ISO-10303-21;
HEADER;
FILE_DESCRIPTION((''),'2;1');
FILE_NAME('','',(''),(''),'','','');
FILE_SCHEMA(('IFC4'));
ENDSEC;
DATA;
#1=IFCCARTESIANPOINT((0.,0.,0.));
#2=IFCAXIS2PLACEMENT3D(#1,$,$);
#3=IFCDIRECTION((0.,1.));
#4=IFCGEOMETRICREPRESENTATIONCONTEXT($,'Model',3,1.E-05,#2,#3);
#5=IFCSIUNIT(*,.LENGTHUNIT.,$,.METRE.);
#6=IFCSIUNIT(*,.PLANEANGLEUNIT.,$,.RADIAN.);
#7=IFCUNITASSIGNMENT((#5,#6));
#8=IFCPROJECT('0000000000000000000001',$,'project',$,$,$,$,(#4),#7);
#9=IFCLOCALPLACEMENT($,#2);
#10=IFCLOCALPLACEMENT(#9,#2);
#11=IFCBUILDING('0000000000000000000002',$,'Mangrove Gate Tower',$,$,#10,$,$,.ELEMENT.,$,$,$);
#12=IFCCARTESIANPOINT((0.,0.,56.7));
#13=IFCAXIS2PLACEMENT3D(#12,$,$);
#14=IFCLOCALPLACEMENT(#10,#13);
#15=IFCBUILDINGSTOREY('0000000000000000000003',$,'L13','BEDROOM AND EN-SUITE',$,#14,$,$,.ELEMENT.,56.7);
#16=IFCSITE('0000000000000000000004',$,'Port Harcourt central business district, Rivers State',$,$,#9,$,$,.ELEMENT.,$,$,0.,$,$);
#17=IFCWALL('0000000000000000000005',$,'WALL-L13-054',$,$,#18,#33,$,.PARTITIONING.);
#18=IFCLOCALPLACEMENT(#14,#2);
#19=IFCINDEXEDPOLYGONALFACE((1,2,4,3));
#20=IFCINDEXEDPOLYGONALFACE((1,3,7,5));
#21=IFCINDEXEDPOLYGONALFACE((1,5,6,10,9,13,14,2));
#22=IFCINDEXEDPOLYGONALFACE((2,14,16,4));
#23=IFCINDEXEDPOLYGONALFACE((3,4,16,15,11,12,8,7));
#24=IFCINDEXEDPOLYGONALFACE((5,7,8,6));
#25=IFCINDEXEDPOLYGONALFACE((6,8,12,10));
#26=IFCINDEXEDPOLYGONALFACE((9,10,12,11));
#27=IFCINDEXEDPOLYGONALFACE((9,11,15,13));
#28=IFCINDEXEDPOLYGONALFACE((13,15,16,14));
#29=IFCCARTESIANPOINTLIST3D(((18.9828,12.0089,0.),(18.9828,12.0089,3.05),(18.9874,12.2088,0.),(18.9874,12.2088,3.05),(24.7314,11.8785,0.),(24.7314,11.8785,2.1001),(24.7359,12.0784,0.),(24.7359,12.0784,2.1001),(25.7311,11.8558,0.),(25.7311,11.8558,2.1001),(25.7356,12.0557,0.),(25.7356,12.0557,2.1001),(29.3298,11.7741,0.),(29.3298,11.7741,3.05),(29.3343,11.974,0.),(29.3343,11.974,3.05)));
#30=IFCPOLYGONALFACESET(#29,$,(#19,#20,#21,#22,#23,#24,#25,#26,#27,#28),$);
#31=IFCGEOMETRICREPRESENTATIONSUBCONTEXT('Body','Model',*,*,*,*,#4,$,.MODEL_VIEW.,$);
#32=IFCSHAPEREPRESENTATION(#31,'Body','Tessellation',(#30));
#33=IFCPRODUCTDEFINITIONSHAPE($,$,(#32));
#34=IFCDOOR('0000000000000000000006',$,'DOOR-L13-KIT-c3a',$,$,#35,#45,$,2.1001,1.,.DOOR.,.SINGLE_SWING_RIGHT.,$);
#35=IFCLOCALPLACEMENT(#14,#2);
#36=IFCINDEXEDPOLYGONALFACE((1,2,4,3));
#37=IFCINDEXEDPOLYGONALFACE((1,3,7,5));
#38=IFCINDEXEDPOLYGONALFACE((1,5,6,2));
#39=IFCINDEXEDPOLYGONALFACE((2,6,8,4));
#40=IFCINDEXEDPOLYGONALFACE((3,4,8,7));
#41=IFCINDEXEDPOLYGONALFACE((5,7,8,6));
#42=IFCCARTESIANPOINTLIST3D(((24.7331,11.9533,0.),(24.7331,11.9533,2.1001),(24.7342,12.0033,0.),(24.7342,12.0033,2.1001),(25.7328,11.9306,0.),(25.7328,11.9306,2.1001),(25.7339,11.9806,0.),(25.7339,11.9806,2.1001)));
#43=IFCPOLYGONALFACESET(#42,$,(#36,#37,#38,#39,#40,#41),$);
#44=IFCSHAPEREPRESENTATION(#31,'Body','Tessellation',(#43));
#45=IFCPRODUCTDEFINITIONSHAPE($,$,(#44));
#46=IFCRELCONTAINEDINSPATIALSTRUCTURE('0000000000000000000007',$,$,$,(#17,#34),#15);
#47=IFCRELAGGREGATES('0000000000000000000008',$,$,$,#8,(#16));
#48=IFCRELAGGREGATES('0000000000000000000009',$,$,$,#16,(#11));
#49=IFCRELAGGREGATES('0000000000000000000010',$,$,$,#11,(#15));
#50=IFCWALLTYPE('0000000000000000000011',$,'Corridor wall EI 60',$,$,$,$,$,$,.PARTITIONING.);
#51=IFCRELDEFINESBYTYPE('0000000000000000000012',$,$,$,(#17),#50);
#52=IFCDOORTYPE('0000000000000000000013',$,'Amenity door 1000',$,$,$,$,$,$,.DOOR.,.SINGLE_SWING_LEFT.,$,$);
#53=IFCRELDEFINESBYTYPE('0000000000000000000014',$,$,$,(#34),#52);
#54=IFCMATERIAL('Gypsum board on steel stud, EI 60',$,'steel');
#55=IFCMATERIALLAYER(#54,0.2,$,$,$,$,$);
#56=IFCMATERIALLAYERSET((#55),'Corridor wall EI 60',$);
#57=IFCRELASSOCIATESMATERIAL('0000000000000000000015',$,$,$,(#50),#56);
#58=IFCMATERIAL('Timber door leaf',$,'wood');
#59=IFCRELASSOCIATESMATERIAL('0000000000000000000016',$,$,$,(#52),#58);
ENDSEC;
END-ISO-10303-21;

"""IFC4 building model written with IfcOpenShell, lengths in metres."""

from ifc_helpers import new_model, si_unit, direction, frame, frame_2d, origin, place, context, subcontext, project, spatial, rectangle, extrude, material, layer, layer_set, type_object, element, fill, save


model = new_model("IFC4")

# Units and contexts
model_context = context("Model", 3, precision=1e-05, world=origin(), true_north=direction((0.0, 1.0)))
body_context = subcontext(model_context, "Body", "Model", "MODEL_VIEW")
ifc_project = project(units=[si_unit("LENGTHUNIT", "METRE"), si_unit("PLANEANGLEUNIT", "RADIAN")], contexts=[model_context])

# Site, building, storey
site_placement = place(None, origin())
site = spatial("IfcSite", under=ifc_project, at=site_placement, Name="Port Harcourt central business district, Rivers State", CompositionType="ELEMENT", RefElevation=0.0)
building_placement = place(site_placement, origin())
building = spatial("IfcBuilding", under=site, at=building_placement, Name="Mangrove Gate Tower", CompositionType="ELEMENT")
storey_placement = place(building_placement, frame((0.0, 0.0, 56.7)))
storey = spatial("IfcBuildingStorey", under=building, at=storey_placement, Name="L13", Description="BEDROOM AND EN-SUITE", CompositionType="ELEMENT", Elevation=56.7)

# Shared definitions
ifc_material_1 = material(Name="Gypsum board on steel stud, EI 60", Category="steel")
ifc_layer_1 = layer(ifc_material_1, 0.2)
ifc_layer_set_1 = layer_set([ifc_layer_1], Name="Corridor wall EI 60")
wall_type_1 = type_object("IfcWallType", Name="Corridor wall EI 60", PredefinedType="PARTITIONING", material=ifc_layer_set_1)

# Wall, opening, door
wall_1_placement = place(storey_placement, frame((18.9851, 12.1089, 0.0), z_axis=(0.0, 0.0, 1.0), x_axis=(0.999742, -0.022693, 0.0)))
wall_1 = element("IfcWall", 1, at=wall_1_placement, inside=storey, type_object=wall_type_1, Name="WALL-L13-054", PredefinedType="PARTITIONING", context=body_context, shape_type="SweptSolid", body=[
    extrude(rectangle(XDim=10.3496, YDim=0.2, at=frame_2d((5.1748, 0.0))), origin(), (0.0, 0.0, 1.0), 3.05),
])
opening_1_placement = place(wall_1_placement, frame((5.75, 0.0, 0.0)))
opening_1 = element("IfcOpeningElement", 2, at=opening_1_placement, cuts=wall_1, PredefinedType="OPENING", context=body_context, shape_type="SweptSolid", body=[
    extrude(rectangle(XDim=1.0, YDim=2.1001, at=frame_2d((0.5, 1.05))), frame((0.0, 0.1099, 0.0), z_axis=(0.0, -1.0, 0.0), x_axis=(1.0, 0.0, 0.0)), (0.0, 0.0, 1.0), 0.22),
])
ifc_material_2 = material(Name="Timber door leaf", Category="wood")
door_type_1 = type_object("IfcDoorType", Name="Amenity door 1000", OperationType="SINGLE_SWING_LEFT", PredefinedType="DOOR", material=ifc_material_2)
door_1_placement = place(opening_1_placement, origin())
door_1 = element("IfcDoor", 3, at=door_1_placement, inside=storey, type_object=door_type_1, Name="DOOR-L13-KIT-c3a", OperationType="SINGLE_SWING_RIGHT", OverallHeight=2.1001, OverallWidth=1.0, PredefinedType="DOOR", context=body_context, shape_type="SweptSolid", body=[
    extrude(rectangle(XDim=1.0, YDim=2.1001, at=frame_2d((0.5, 1.05))), frame((0.0, 0.0249, 0.0), z_axis=(0.0, -1.0, 0.0), x_axis=(1.0, 0.0, 0.0)), (0.0, 0.0, 1.0), 0.05),
])
fill(opening_1, door_1)

save(model, "model.ifc")
